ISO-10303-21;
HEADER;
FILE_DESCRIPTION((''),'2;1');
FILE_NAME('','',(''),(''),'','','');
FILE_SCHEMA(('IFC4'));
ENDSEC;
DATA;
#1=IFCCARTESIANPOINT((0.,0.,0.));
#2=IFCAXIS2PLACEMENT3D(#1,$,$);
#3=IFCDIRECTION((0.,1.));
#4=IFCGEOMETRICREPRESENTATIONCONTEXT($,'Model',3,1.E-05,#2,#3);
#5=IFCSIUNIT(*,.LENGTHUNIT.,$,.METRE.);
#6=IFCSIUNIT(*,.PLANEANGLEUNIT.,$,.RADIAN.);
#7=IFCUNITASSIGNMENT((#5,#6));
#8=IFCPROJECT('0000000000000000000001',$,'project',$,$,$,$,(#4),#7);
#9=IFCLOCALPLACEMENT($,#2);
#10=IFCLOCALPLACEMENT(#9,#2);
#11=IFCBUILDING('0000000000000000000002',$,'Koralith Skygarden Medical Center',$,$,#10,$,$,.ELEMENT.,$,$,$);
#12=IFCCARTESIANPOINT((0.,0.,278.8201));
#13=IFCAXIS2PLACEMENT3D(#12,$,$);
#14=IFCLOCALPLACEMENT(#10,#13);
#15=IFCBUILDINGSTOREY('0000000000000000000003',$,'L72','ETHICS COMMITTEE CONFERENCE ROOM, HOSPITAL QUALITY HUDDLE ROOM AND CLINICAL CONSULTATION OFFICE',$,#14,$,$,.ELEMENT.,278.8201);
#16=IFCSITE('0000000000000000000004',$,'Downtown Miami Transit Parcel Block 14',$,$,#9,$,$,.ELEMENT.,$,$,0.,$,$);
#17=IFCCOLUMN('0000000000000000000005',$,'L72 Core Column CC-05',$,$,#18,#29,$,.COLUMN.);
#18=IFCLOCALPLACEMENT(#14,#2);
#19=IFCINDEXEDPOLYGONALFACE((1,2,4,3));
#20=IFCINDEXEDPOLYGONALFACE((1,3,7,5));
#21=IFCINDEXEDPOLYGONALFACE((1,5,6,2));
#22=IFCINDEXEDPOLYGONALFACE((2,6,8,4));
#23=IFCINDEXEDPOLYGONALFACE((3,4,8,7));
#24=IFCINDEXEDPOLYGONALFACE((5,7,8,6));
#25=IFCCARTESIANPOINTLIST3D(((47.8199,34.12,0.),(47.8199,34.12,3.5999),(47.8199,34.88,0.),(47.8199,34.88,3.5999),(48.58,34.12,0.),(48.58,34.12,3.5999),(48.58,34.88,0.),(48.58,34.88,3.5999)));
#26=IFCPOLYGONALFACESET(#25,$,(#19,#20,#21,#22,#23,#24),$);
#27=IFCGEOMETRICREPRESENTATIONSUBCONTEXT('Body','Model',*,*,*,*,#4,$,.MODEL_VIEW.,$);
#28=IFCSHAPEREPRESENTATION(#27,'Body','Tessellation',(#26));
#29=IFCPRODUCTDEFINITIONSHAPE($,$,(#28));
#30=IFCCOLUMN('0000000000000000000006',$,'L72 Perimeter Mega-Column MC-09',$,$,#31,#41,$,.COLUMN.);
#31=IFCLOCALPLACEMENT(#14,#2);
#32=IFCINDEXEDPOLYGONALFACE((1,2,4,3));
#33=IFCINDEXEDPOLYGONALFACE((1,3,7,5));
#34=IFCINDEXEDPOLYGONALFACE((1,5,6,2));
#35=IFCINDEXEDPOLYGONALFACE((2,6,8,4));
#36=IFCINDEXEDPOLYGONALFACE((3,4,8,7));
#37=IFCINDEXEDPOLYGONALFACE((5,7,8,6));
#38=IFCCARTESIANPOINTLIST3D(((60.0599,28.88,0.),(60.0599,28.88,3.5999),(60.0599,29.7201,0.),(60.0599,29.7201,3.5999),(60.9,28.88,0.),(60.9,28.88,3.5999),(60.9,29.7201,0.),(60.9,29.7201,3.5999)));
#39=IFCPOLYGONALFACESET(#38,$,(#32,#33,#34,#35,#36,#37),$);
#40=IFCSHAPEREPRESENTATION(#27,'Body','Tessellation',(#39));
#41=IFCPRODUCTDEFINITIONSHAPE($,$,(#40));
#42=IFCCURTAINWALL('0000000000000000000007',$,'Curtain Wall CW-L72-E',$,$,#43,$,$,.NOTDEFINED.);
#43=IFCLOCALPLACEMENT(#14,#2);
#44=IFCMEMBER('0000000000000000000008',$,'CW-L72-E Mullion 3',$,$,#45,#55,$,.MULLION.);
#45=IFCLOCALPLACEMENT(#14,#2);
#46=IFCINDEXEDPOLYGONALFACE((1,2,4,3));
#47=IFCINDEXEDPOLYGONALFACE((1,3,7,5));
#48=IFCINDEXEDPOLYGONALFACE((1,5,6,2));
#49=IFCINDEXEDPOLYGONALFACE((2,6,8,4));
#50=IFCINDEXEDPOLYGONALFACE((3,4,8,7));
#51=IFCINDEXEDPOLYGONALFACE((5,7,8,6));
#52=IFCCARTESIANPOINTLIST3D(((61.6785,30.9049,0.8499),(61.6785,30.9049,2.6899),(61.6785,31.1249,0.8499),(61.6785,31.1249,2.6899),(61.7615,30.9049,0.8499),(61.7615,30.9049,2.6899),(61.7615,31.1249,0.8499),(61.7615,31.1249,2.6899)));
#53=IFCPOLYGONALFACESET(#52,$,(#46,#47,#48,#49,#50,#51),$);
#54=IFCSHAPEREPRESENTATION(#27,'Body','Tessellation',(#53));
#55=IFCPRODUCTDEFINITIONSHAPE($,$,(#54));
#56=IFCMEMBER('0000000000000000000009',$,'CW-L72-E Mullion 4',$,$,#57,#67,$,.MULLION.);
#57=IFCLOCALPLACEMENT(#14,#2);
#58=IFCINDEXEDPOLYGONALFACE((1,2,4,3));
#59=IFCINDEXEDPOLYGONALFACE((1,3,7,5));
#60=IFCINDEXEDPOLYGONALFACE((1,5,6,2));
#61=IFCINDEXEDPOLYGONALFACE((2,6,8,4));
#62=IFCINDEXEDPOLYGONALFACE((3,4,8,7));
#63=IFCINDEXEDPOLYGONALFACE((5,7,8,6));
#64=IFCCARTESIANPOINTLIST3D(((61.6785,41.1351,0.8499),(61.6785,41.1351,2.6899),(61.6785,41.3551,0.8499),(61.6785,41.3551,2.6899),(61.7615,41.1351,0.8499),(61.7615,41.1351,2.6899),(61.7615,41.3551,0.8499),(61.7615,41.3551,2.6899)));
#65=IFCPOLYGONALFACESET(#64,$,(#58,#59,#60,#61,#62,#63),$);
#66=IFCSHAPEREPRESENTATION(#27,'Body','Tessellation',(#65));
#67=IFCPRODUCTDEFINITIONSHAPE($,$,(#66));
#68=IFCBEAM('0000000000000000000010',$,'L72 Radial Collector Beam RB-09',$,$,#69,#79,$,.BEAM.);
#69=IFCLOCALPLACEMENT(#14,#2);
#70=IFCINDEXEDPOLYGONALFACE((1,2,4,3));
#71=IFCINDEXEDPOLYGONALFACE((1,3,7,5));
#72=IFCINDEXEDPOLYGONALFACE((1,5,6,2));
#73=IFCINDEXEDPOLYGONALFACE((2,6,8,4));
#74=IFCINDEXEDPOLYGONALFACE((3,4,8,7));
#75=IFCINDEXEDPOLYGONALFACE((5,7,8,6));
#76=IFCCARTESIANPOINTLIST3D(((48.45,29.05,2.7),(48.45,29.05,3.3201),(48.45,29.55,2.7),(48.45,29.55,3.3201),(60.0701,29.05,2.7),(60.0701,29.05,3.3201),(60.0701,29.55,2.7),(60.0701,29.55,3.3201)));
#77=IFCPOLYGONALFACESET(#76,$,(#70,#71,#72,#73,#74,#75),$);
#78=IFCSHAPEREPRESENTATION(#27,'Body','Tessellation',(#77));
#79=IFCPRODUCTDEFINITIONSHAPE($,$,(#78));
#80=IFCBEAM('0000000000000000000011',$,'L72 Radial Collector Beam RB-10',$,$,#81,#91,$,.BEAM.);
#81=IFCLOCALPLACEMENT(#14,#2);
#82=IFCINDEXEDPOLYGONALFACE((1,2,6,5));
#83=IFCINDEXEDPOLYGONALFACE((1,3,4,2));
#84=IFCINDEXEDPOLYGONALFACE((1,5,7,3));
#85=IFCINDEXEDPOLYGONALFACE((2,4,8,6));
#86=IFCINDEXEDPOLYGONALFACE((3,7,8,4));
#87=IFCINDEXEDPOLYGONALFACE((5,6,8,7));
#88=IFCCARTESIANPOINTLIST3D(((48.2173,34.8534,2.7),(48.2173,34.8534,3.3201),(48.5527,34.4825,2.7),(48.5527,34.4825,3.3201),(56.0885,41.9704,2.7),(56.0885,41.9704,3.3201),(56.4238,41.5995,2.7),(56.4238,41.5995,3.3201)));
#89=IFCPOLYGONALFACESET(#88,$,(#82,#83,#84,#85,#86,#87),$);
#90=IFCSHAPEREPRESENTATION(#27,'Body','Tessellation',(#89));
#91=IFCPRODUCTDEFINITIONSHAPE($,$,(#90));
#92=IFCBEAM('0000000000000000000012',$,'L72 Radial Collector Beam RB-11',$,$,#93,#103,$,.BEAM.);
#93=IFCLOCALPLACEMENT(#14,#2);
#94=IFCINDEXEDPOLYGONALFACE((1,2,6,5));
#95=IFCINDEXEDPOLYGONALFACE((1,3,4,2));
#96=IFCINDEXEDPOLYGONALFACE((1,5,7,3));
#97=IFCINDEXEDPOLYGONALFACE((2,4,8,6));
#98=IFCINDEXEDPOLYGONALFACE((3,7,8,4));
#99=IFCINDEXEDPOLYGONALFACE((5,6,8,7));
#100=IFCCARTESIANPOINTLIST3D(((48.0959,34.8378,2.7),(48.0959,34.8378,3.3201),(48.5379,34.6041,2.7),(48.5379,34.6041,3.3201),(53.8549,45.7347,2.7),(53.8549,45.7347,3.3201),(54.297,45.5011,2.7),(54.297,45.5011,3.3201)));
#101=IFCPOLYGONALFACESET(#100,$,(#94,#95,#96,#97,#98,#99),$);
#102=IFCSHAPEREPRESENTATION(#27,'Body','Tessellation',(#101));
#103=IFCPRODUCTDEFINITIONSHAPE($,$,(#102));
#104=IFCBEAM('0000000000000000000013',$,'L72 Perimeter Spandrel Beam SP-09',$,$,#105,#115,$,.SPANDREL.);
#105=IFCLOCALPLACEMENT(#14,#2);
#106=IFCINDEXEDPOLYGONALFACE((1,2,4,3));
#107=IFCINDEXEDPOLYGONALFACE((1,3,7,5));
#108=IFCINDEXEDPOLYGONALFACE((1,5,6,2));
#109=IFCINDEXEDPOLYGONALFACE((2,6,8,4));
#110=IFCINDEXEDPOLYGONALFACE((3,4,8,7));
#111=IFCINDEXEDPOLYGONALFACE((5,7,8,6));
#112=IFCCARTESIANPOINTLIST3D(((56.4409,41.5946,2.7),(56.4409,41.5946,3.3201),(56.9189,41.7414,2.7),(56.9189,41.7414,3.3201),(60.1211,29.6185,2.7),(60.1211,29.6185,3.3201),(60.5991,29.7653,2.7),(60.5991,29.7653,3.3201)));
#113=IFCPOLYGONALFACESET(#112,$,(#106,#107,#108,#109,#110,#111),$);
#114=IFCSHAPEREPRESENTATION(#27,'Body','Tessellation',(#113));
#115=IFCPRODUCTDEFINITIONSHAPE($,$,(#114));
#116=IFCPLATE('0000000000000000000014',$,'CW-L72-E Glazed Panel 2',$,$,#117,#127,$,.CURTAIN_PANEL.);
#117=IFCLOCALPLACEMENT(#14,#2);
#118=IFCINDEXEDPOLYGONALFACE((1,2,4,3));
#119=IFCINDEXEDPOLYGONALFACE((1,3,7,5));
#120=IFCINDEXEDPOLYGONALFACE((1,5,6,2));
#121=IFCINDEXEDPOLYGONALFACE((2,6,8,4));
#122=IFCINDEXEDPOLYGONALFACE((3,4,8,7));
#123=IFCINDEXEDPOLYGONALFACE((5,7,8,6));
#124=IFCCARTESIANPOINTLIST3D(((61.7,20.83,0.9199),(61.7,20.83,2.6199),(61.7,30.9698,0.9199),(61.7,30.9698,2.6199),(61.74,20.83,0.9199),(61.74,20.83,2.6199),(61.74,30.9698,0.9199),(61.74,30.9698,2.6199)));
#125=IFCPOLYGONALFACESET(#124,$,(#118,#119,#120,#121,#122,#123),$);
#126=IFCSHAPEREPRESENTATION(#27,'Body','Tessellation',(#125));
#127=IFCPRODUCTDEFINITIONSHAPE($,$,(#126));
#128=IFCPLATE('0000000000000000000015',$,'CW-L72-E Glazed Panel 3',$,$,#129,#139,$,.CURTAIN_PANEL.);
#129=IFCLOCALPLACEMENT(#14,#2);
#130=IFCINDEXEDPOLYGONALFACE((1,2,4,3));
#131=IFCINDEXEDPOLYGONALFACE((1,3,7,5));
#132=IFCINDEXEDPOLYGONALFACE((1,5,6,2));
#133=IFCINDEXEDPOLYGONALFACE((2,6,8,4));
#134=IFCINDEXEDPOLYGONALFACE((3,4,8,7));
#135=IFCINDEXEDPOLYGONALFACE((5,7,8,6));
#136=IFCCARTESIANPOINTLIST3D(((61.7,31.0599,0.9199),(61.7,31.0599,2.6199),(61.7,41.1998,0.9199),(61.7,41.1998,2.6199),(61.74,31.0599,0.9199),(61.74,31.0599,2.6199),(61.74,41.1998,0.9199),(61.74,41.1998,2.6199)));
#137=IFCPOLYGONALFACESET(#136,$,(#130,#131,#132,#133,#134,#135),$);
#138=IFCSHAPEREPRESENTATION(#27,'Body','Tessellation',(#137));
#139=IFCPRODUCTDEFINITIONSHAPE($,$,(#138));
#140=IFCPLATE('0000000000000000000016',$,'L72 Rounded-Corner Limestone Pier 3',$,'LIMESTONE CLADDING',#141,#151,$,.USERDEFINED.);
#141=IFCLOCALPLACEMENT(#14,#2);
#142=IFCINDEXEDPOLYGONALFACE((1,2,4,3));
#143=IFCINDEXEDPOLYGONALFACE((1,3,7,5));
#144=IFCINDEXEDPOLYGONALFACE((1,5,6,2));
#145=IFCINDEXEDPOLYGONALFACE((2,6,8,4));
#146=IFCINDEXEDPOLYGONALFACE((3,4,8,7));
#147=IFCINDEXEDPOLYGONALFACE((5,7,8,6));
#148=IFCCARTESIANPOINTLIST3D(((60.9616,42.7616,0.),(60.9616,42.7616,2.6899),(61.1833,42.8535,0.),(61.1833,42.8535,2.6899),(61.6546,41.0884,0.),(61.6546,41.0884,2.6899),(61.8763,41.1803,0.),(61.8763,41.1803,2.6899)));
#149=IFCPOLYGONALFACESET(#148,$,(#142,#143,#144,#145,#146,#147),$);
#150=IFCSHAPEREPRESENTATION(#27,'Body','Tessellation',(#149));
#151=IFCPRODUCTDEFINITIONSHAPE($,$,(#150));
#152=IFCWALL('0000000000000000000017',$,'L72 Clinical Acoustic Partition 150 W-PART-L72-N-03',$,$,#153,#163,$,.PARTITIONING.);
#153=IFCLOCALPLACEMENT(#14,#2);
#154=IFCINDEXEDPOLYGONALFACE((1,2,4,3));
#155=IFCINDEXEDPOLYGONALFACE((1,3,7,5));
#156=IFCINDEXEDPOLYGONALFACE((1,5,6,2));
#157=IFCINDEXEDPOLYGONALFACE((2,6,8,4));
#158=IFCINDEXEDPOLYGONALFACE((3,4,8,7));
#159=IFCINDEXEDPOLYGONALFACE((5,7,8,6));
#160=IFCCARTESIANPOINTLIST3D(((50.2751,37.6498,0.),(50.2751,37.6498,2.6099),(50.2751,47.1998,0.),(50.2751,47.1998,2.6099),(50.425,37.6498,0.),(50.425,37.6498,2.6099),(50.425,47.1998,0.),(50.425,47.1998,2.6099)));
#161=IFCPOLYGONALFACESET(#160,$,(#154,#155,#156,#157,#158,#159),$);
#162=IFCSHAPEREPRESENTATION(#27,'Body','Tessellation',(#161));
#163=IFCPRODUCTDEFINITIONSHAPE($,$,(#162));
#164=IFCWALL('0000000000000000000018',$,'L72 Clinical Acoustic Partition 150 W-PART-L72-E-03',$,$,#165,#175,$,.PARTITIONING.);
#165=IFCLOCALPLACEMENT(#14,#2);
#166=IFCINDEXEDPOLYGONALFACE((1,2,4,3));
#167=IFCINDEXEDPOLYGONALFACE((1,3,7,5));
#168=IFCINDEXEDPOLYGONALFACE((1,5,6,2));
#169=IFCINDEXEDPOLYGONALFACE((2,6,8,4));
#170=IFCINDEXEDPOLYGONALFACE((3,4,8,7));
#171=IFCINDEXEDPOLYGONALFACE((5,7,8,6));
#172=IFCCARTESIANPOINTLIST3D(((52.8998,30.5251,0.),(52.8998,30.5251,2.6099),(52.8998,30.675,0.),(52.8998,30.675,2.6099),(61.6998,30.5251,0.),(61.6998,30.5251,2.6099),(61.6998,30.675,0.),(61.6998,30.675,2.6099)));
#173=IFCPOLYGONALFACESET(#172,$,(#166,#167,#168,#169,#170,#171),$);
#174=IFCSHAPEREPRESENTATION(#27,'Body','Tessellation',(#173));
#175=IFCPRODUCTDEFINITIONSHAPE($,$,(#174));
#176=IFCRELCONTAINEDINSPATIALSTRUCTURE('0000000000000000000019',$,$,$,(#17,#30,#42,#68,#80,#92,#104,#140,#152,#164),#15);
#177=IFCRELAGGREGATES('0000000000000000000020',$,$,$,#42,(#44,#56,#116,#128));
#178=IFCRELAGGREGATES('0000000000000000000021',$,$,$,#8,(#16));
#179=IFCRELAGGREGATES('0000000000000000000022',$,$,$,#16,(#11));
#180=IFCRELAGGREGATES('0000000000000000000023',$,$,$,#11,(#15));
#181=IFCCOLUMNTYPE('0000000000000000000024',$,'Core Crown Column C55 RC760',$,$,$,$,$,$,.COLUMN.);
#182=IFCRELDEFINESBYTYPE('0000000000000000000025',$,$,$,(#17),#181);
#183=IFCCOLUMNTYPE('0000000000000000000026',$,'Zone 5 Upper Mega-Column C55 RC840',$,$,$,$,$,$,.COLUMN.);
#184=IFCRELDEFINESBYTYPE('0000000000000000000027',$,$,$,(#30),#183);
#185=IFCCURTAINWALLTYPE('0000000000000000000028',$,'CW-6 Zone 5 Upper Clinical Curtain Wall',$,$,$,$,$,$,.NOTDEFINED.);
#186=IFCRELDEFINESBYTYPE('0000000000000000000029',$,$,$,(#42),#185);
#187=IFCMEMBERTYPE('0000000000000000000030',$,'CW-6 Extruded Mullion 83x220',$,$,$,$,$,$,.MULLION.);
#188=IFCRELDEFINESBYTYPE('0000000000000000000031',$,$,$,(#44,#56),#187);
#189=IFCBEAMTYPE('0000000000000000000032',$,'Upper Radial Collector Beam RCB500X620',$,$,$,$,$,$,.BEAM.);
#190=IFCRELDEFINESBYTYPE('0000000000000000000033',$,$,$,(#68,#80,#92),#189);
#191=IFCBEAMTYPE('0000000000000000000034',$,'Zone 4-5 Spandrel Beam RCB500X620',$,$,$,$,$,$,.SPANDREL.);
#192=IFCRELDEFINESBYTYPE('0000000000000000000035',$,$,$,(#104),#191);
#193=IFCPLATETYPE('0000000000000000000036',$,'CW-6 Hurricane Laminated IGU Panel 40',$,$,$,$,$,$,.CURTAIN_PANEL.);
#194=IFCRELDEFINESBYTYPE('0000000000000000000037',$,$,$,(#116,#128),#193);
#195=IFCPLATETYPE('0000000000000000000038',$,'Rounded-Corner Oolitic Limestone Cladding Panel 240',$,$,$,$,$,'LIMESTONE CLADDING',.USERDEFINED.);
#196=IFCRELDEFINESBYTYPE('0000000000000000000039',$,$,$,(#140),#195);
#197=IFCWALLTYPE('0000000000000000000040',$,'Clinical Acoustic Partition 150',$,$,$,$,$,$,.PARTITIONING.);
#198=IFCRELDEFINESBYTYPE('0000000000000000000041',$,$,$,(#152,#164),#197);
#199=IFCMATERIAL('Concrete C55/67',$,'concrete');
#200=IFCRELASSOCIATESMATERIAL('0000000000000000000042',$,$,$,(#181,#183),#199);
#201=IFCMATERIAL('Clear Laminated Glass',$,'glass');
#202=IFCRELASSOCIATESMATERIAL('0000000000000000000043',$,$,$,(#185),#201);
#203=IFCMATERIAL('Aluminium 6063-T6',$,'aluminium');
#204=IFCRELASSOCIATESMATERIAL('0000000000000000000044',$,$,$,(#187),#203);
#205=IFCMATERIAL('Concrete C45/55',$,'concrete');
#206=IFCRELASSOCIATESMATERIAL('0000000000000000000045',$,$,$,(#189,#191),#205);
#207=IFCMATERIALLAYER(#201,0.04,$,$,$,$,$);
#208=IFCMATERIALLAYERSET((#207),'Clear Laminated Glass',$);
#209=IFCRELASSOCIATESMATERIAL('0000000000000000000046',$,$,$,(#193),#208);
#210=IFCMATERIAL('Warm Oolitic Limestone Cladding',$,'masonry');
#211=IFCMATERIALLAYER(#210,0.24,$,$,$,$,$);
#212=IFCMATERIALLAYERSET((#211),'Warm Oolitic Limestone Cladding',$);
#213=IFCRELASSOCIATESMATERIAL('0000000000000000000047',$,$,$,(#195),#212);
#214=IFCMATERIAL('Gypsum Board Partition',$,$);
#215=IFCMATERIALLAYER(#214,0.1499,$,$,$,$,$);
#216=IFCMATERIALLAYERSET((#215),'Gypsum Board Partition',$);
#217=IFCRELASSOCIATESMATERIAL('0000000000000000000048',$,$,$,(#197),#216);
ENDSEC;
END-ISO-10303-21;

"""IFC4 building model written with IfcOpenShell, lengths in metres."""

from ifc_helpers import new_model, si_unit, direction, frame, frame_2d, origin, origin_2d, place, context, subcontext, project, spatial, rectangle, extrude, material, layer, layer_set, material_profile, profile_set, type_object, element, aggregate, save


model = new_model("IFC4")

# Units and contexts
model_context = context("Model", 3, precision=1e-05, world=origin(), true_north=direction((0.0, 1.0)))
body_context = subcontext(model_context, "Body", "Model", "MODEL_VIEW")
ifc_project = project(units=[si_unit("LENGTHUNIT", "METRE"), si_unit("PLANEANGLEUNIT", "RADIAN")], contexts=[model_context])

# Site, building, storey
site_placement = place(None, origin())
site = spatial("IfcSite", under=ifc_project, at=site_placement, Name="Downtown Miami Transit Parcel Block 14", CompositionType="ELEMENT", RefElevation=0.0)
building_placement = place(site_placement, origin())
building = spatial("IfcBuilding", under=site, at=building_placement, Name="Koralith Skygarden Medical Center", CompositionType="ELEMENT")
storey_placement = place(building_placement, frame((0.0, 0.0, 278.8201)))
storey = spatial("IfcBuildingStorey", under=building, at=storey_placement, Name="L72", Description="ETHICS COMMITTEE CONFERENCE ROOM, HOSPITAL QUALITY HUDDLE ROOM AND CLINICAL CONSULTATION OFFICE", CompositionType="ELEMENT", Elevation=278.8201)

# Columns
ifc_material_1 = material(Name="Concrete C55/67", Category="concrete")
ifc_material_profile_1 = material_profile(ifc_material_1, rectangle(XDim=0.76, YDim=0.76, at=origin_2d()), Name="RC760X760")
ifc_profile_set_1 = profile_set([ifc_material_profile_1], Name="Concrete C55/67")
column_type_1 = type_object("IfcColumnType", Name="Core Crown Column C55 RC760", PredefinedType="COLUMN", material=ifc_profile_set_1)
column_1_placement = place(storey_placement, frame((48.2, 34.5, 0.0), z_axis=(0.0, 0.0, 1.0), x_axis=(1.0, 0.0, 0.0)))
element("IfcColumn", 1, at=column_1_placement, inside=storey, type_object=column_type_1, Name="L72 Core Column CC-05", PredefinedType="COLUMN", context=body_context, shape_type="SweptSolid", body=[
    extrude(rectangle(XDim=0.76, YDim=0.76, at=origin_2d()), origin(), (0.0, 0.0, 1.0), 3.5999),
])
ifc_material_profile_2 = material_profile(ifc_material_1, rectangle(XDim=0.8401, YDim=0.8401, at=origin_2d()), Name="RC840X840")
ifc_profile_set_2 = profile_set([ifc_material_profile_2], Name="Concrete C55/67")
column_type_2 = type_object("IfcColumnType", Name="Zone 5 Upper Mega-Column C55 RC840", PredefinedType="COLUMN", material=ifc_profile_set_2)
column_2_placement = place(storey_placement, frame((60.48, 29.3, 0.0), z_axis=(0.0, 0.0, 1.0), x_axis=(1.0, 0.0, 0.0)))
element("IfcColumn", 2, at=column_2_placement, inside=storey, type_object=column_type_2, Name="L72 Perimeter Mega-Column MC-09", PredefinedType="COLUMN", context=body_context, shape_type="SweptSolid", body=[
    extrude(rectangle(XDim=0.8401, YDim=0.8401, at=origin_2d()), origin(), (0.0, 0.0, 1.0), 3.5999),
])

# Curtain wall, members
ifc_material_2 = material(Name="Clear Laminated Glass", Category="glass")
curtain_wall_type = type_object("IfcCurtainWallType", Name="CW-6 Zone 5 Upper Clinical Curtain Wall", PredefinedType="NOTDEFINED", material=ifc_material_2)
curtain_wall_placement = place(storey_placement, origin())
curtain_wall = element("IfcCurtainWall", 3, at=curtain_wall_placement, inside=storey, type_object=curtain_wall_type, Name="Curtain Wall CW-L72-E", PredefinedType="NOTDEFINED")
ifc_material_3 = material(Name="Aluminium 6063-T6", Category="aluminium")
ifc_material_profile_3 = material_profile(ifc_material_3, rectangle(XDim=0.083, YDim=0.22, at=origin_2d()), Name="MUL83X220")
ifc_profile_set_3 = profile_set([ifc_material_profile_3], Name="Aluminium 6063-T6")
member_type = type_object("IfcMemberType", Name="CW-6 Extruded Mullion 83x220", PredefinedType="MULLION", material=ifc_profile_set_3)
member_1_placement = place(storey_placement, frame((61.72, 31.0149, 0.8499), z_axis=(0.0, 0.0, 1.0), x_axis=(1.0, 0.0, 0.0)))
member_1 = element("IfcMember", 4, at=member_1_placement, type_object=member_type, Name="CW-L72-E Mullion 3", PredefinedType="MULLION", context=body_context, shape_type="SweptSolid", body=[
    extrude(rectangle(XDim=0.083, YDim=0.22, at=origin_2d()), origin(), (0.0, 0.0, 1.0), 1.8401),
])
member_2_placement = place(storey_placement, frame((61.72, 41.2451, 0.8499), z_axis=(0.0, 0.0, 1.0), x_axis=(1.0, 0.0, 0.0)))
member_2 = element("IfcMember", 5, at=member_2_placement, type_object=member_type, Name="CW-L72-E Mullion 4", PredefinedType="MULLION", context=body_context, shape_type="SweptSolid", body=[
    extrude(rectangle(XDim=0.083, YDim=0.22, at=origin_2d()), origin(), (0.0, 0.0, 1.0), 1.8401),
])

# Beams
ifc_material_4 = material(Name="Concrete C45/55", Category="concrete")
ifc_material_profile_4 = material_profile(ifc_material_4, rectangle(XDim=0.5, YDim=0.6201, at=origin_2d()), Name="RCB500X620")
ifc_profile_set_4 = profile_set([ifc_material_profile_4], Name="Concrete C45/55")
beam_type_1 = type_object("IfcBeamType", Name="Upper Radial Collector Beam RCB500X620", PredefinedType="BEAM", material=ifc_profile_set_4)
beam_1_placement = place(storey_placement, frame((48.45, 29.3, 3.01), z_axis=(1.0, 0.0, 0.0), x_axis=(0.0, 1.0, 0.0)))
element("IfcBeam", 6, at=beam_1_placement, inside=storey, type_object=beam_type_1, Name="L72 Radial Collector Beam RB-09", PredefinedType="BEAM", context=body_context, shape_type="SweptSolid", body=[
    extrude(rectangle(XDim=0.5, YDim=0.6201, at=origin_2d()), origin(), (0.0, 0.0, 1.0), 11.6201),
])
beam_2_placement = place(storey_placement, frame((48.385, 34.668, 3.01), z_axis=(0.741748, 0.670679, 0.0), x_axis=(-0.670679, 0.741748, 0.0)))
element("IfcBeam", 7, at=beam_2_placement, inside=storey, type_object=beam_type_1, Name="L72 Radial Collector Beam RB-10", PredefinedType="BEAM", context=body_context, shape_type="SweptSolid", body=[
    extrude(rectangle(XDim=0.5, YDim=0.6201, at=origin_2d()), origin(), (0.0, 0.0, 1.0), 10.6116),
])
beam_3_placement = place(storey_placement, frame((48.3169, 34.7209, 3.01), z_axis=(0.467257, 0.884122, 0.0), x_axis=(-0.884122, 0.467257, 0.0)))
element("IfcBeam", 8, at=beam_3_placement, inside=storey, type_object=beam_type_1, Name="L72 Radial Collector Beam RB-11", PredefinedType="BEAM", context=body_context, shape_type="SweptSolid", body=[
    extrude(rectangle(XDim=0.5, YDim=0.6201, at=origin_2d()), origin(), (0.0, 0.0, 1.0), 12.3252),
])
ifc_material_profile_5 = material_profile(ifc_material_4, rectangle(XDim=0.5, YDim=0.6201, at=origin_2d()), Name="RCB500X620")
ifc_profile_set_5 = profile_set([ifc_material_profile_5], Name="Concrete C45/55")
beam_type_2 = type_object("IfcBeamType", Name="Zone 4-5 Spandrel Beam RCB500X620", PredefinedType="SPANDREL", material=ifc_profile_set_5)
beam_4_placement = place(storey_placement, frame((60.3601, 29.6919, 3.01), z_axis=(-0.293738, 0.955886, 0.0), x_axis=(-0.955886, -0.293738, 0.0)))
element("IfcBeam", 9, at=beam_4_placement, inside=storey, type_object=beam_type_2, Name="L72 Perimeter Spandrel Beam SP-09", PredefinedType="SPANDREL", context=body_context, shape_type="SweptSolid", body=[
    extrude(rectangle(XDim=0.5, YDim=0.6201, at=origin_2d()), origin(), (0.0, 0.0, 1.0), 12.5288),
])

# Plates
ifc_layer_1 = layer(ifc_material_2, 0.04)
ifc_layer_set_1 = layer_set([ifc_layer_1], Name="Clear Laminated Glass")
plate_type_1 = type_object("IfcPlateType", Name="CW-6 Hurricane Laminated IGU Panel 40", PredefinedType="CURTAIN_PANEL", material=ifc_layer_set_1)
plate_1_placement = place(storey_placement, frame((61.72, 25.8999, 0.9199), z_axis=(0.0, 0.0, 1.0), x_axis=(0.0, 1.0, 0.0)))
plate_1 = element("IfcPlate", 10, at=plate_1_placement, type_object=plate_type_1, Name="CW-L72-E Glazed Panel 2", PredefinedType="CURTAIN_PANEL", context=body_context, shape_type="SweptSolid", body=[
    extrude(rectangle(XDim=10.1399, YDim=0.04, at=origin_2d()), origin(), (0.0, 0.0, 1.0), 1.7),
])
plate_2_placement = place(storey_placement, frame((61.72, 36.1299, 0.9199), z_axis=(0.0, 0.0, 1.0), x_axis=(0.0, 1.0, 0.0)))
plate_2 = element("IfcPlate", 11, at=plate_2_placement, type_object=plate_type_1, Name="CW-L72-E Glazed Panel 3", PredefinedType="CURTAIN_PANEL", context=body_context, shape_type="SweptSolid", body=[
    extrude(rectangle(XDim=10.1399, YDim=0.04, at=origin_2d()), origin(), (0.0, 0.0, 1.0), 1.7),
])
aggregate(curtain_wall, [member_1, member_2, plate_1, plate_2])
ifc_material_5 = material(Name="Warm Oolitic Limestone Cladding", Category="masonry")
ifc_layer_2 = layer(ifc_material_5, 0.24)
ifc_layer_set_2 = layer_set([ifc_layer_2], Name="Warm Oolitic Limestone Cladding")
plate_type_2 = type_object("IfcPlateType", Name="Rounded-Corner Oolitic Limestone Cladding Panel 240", ElementType="LIMESTONE CLADDING", PredefinedType="USERDEFINED", material=ifc_layer_set_2)
plate_3_placement = place(storey_placement, frame((61.4189, 41.9709, 0.0), z_axis=(0.0, 0.0, 1.0), x_axis=(-0.382671, 0.923885, 0.0)))
element("IfcPlate", 12, at=plate_3_placement, inside=storey, type_object=plate_type_2, Name="L72 Rounded-Corner Limestone Pier 3", ObjectType="LIMESTONE CLADDING", PredefinedType="USERDEFINED", context=body_context, shape_type="SweptSolid", body=[
    extrude(rectangle(XDim=1.811, YDim=0.24, at=origin_2d()), origin(), (0.0, 0.0, 1.0), 2.6899),
])

# Walls
ifc_material_6 = material(Name="Gypsum Board Partition")
ifc_layer_3 = layer(ifc_material_6, 0.1499)
ifc_layer_set_3 = layer_set([ifc_layer_3], Name="Gypsum Board Partition")
wall_type_1 = type_object("IfcWallType", Name="Clinical Acoustic Partition 150", PredefinedType="PARTITIONING", material=ifc_layer_set_3)
wall_1_placement = place(storey_placement, frame((50.3501, 37.6499, 0.0), z_axis=(0.0, 0.0, 1.0), x_axis=(0.0, 1.0, 0.0)))
element("IfcWall", 13, at=wall_1_placement, inside=storey, type_object=wall_type_1, Name="L72 Clinical Acoustic Partition 150 W-PART-L72-N-03", PredefinedType="PARTITIONING", context=body_context, shape_type="SweptSolid", body=[
    extrude(rectangle(XDim=9.55, YDim=0.1499, at=frame_2d((4.7749, 0.0))), origin(), (0.0, 0.0, 1.0), 2.6099),
])
wall_2_placement = place(storey_placement, frame((52.8999, 30.6001, 0.0), z_axis=(0.0, 0.0, 1.0), x_axis=(1.0, 0.0, 0.0)))
element("IfcWall", 14, at=wall_2_placement, inside=storey, type_object=wall_type_1, Name="L72 Clinical Acoustic Partition 150 W-PART-L72-E-03", PredefinedType="PARTITIONING", context=body_context, shape_type="SweptSolid", body=[
    extrude(rectangle(XDim=8.8, YDim=0.1499, at=frame_2d((4.3999, 0.0))), origin(), (0.0, 0.0, 1.0), 2.6099),
])

save(model, "model.ifc")
